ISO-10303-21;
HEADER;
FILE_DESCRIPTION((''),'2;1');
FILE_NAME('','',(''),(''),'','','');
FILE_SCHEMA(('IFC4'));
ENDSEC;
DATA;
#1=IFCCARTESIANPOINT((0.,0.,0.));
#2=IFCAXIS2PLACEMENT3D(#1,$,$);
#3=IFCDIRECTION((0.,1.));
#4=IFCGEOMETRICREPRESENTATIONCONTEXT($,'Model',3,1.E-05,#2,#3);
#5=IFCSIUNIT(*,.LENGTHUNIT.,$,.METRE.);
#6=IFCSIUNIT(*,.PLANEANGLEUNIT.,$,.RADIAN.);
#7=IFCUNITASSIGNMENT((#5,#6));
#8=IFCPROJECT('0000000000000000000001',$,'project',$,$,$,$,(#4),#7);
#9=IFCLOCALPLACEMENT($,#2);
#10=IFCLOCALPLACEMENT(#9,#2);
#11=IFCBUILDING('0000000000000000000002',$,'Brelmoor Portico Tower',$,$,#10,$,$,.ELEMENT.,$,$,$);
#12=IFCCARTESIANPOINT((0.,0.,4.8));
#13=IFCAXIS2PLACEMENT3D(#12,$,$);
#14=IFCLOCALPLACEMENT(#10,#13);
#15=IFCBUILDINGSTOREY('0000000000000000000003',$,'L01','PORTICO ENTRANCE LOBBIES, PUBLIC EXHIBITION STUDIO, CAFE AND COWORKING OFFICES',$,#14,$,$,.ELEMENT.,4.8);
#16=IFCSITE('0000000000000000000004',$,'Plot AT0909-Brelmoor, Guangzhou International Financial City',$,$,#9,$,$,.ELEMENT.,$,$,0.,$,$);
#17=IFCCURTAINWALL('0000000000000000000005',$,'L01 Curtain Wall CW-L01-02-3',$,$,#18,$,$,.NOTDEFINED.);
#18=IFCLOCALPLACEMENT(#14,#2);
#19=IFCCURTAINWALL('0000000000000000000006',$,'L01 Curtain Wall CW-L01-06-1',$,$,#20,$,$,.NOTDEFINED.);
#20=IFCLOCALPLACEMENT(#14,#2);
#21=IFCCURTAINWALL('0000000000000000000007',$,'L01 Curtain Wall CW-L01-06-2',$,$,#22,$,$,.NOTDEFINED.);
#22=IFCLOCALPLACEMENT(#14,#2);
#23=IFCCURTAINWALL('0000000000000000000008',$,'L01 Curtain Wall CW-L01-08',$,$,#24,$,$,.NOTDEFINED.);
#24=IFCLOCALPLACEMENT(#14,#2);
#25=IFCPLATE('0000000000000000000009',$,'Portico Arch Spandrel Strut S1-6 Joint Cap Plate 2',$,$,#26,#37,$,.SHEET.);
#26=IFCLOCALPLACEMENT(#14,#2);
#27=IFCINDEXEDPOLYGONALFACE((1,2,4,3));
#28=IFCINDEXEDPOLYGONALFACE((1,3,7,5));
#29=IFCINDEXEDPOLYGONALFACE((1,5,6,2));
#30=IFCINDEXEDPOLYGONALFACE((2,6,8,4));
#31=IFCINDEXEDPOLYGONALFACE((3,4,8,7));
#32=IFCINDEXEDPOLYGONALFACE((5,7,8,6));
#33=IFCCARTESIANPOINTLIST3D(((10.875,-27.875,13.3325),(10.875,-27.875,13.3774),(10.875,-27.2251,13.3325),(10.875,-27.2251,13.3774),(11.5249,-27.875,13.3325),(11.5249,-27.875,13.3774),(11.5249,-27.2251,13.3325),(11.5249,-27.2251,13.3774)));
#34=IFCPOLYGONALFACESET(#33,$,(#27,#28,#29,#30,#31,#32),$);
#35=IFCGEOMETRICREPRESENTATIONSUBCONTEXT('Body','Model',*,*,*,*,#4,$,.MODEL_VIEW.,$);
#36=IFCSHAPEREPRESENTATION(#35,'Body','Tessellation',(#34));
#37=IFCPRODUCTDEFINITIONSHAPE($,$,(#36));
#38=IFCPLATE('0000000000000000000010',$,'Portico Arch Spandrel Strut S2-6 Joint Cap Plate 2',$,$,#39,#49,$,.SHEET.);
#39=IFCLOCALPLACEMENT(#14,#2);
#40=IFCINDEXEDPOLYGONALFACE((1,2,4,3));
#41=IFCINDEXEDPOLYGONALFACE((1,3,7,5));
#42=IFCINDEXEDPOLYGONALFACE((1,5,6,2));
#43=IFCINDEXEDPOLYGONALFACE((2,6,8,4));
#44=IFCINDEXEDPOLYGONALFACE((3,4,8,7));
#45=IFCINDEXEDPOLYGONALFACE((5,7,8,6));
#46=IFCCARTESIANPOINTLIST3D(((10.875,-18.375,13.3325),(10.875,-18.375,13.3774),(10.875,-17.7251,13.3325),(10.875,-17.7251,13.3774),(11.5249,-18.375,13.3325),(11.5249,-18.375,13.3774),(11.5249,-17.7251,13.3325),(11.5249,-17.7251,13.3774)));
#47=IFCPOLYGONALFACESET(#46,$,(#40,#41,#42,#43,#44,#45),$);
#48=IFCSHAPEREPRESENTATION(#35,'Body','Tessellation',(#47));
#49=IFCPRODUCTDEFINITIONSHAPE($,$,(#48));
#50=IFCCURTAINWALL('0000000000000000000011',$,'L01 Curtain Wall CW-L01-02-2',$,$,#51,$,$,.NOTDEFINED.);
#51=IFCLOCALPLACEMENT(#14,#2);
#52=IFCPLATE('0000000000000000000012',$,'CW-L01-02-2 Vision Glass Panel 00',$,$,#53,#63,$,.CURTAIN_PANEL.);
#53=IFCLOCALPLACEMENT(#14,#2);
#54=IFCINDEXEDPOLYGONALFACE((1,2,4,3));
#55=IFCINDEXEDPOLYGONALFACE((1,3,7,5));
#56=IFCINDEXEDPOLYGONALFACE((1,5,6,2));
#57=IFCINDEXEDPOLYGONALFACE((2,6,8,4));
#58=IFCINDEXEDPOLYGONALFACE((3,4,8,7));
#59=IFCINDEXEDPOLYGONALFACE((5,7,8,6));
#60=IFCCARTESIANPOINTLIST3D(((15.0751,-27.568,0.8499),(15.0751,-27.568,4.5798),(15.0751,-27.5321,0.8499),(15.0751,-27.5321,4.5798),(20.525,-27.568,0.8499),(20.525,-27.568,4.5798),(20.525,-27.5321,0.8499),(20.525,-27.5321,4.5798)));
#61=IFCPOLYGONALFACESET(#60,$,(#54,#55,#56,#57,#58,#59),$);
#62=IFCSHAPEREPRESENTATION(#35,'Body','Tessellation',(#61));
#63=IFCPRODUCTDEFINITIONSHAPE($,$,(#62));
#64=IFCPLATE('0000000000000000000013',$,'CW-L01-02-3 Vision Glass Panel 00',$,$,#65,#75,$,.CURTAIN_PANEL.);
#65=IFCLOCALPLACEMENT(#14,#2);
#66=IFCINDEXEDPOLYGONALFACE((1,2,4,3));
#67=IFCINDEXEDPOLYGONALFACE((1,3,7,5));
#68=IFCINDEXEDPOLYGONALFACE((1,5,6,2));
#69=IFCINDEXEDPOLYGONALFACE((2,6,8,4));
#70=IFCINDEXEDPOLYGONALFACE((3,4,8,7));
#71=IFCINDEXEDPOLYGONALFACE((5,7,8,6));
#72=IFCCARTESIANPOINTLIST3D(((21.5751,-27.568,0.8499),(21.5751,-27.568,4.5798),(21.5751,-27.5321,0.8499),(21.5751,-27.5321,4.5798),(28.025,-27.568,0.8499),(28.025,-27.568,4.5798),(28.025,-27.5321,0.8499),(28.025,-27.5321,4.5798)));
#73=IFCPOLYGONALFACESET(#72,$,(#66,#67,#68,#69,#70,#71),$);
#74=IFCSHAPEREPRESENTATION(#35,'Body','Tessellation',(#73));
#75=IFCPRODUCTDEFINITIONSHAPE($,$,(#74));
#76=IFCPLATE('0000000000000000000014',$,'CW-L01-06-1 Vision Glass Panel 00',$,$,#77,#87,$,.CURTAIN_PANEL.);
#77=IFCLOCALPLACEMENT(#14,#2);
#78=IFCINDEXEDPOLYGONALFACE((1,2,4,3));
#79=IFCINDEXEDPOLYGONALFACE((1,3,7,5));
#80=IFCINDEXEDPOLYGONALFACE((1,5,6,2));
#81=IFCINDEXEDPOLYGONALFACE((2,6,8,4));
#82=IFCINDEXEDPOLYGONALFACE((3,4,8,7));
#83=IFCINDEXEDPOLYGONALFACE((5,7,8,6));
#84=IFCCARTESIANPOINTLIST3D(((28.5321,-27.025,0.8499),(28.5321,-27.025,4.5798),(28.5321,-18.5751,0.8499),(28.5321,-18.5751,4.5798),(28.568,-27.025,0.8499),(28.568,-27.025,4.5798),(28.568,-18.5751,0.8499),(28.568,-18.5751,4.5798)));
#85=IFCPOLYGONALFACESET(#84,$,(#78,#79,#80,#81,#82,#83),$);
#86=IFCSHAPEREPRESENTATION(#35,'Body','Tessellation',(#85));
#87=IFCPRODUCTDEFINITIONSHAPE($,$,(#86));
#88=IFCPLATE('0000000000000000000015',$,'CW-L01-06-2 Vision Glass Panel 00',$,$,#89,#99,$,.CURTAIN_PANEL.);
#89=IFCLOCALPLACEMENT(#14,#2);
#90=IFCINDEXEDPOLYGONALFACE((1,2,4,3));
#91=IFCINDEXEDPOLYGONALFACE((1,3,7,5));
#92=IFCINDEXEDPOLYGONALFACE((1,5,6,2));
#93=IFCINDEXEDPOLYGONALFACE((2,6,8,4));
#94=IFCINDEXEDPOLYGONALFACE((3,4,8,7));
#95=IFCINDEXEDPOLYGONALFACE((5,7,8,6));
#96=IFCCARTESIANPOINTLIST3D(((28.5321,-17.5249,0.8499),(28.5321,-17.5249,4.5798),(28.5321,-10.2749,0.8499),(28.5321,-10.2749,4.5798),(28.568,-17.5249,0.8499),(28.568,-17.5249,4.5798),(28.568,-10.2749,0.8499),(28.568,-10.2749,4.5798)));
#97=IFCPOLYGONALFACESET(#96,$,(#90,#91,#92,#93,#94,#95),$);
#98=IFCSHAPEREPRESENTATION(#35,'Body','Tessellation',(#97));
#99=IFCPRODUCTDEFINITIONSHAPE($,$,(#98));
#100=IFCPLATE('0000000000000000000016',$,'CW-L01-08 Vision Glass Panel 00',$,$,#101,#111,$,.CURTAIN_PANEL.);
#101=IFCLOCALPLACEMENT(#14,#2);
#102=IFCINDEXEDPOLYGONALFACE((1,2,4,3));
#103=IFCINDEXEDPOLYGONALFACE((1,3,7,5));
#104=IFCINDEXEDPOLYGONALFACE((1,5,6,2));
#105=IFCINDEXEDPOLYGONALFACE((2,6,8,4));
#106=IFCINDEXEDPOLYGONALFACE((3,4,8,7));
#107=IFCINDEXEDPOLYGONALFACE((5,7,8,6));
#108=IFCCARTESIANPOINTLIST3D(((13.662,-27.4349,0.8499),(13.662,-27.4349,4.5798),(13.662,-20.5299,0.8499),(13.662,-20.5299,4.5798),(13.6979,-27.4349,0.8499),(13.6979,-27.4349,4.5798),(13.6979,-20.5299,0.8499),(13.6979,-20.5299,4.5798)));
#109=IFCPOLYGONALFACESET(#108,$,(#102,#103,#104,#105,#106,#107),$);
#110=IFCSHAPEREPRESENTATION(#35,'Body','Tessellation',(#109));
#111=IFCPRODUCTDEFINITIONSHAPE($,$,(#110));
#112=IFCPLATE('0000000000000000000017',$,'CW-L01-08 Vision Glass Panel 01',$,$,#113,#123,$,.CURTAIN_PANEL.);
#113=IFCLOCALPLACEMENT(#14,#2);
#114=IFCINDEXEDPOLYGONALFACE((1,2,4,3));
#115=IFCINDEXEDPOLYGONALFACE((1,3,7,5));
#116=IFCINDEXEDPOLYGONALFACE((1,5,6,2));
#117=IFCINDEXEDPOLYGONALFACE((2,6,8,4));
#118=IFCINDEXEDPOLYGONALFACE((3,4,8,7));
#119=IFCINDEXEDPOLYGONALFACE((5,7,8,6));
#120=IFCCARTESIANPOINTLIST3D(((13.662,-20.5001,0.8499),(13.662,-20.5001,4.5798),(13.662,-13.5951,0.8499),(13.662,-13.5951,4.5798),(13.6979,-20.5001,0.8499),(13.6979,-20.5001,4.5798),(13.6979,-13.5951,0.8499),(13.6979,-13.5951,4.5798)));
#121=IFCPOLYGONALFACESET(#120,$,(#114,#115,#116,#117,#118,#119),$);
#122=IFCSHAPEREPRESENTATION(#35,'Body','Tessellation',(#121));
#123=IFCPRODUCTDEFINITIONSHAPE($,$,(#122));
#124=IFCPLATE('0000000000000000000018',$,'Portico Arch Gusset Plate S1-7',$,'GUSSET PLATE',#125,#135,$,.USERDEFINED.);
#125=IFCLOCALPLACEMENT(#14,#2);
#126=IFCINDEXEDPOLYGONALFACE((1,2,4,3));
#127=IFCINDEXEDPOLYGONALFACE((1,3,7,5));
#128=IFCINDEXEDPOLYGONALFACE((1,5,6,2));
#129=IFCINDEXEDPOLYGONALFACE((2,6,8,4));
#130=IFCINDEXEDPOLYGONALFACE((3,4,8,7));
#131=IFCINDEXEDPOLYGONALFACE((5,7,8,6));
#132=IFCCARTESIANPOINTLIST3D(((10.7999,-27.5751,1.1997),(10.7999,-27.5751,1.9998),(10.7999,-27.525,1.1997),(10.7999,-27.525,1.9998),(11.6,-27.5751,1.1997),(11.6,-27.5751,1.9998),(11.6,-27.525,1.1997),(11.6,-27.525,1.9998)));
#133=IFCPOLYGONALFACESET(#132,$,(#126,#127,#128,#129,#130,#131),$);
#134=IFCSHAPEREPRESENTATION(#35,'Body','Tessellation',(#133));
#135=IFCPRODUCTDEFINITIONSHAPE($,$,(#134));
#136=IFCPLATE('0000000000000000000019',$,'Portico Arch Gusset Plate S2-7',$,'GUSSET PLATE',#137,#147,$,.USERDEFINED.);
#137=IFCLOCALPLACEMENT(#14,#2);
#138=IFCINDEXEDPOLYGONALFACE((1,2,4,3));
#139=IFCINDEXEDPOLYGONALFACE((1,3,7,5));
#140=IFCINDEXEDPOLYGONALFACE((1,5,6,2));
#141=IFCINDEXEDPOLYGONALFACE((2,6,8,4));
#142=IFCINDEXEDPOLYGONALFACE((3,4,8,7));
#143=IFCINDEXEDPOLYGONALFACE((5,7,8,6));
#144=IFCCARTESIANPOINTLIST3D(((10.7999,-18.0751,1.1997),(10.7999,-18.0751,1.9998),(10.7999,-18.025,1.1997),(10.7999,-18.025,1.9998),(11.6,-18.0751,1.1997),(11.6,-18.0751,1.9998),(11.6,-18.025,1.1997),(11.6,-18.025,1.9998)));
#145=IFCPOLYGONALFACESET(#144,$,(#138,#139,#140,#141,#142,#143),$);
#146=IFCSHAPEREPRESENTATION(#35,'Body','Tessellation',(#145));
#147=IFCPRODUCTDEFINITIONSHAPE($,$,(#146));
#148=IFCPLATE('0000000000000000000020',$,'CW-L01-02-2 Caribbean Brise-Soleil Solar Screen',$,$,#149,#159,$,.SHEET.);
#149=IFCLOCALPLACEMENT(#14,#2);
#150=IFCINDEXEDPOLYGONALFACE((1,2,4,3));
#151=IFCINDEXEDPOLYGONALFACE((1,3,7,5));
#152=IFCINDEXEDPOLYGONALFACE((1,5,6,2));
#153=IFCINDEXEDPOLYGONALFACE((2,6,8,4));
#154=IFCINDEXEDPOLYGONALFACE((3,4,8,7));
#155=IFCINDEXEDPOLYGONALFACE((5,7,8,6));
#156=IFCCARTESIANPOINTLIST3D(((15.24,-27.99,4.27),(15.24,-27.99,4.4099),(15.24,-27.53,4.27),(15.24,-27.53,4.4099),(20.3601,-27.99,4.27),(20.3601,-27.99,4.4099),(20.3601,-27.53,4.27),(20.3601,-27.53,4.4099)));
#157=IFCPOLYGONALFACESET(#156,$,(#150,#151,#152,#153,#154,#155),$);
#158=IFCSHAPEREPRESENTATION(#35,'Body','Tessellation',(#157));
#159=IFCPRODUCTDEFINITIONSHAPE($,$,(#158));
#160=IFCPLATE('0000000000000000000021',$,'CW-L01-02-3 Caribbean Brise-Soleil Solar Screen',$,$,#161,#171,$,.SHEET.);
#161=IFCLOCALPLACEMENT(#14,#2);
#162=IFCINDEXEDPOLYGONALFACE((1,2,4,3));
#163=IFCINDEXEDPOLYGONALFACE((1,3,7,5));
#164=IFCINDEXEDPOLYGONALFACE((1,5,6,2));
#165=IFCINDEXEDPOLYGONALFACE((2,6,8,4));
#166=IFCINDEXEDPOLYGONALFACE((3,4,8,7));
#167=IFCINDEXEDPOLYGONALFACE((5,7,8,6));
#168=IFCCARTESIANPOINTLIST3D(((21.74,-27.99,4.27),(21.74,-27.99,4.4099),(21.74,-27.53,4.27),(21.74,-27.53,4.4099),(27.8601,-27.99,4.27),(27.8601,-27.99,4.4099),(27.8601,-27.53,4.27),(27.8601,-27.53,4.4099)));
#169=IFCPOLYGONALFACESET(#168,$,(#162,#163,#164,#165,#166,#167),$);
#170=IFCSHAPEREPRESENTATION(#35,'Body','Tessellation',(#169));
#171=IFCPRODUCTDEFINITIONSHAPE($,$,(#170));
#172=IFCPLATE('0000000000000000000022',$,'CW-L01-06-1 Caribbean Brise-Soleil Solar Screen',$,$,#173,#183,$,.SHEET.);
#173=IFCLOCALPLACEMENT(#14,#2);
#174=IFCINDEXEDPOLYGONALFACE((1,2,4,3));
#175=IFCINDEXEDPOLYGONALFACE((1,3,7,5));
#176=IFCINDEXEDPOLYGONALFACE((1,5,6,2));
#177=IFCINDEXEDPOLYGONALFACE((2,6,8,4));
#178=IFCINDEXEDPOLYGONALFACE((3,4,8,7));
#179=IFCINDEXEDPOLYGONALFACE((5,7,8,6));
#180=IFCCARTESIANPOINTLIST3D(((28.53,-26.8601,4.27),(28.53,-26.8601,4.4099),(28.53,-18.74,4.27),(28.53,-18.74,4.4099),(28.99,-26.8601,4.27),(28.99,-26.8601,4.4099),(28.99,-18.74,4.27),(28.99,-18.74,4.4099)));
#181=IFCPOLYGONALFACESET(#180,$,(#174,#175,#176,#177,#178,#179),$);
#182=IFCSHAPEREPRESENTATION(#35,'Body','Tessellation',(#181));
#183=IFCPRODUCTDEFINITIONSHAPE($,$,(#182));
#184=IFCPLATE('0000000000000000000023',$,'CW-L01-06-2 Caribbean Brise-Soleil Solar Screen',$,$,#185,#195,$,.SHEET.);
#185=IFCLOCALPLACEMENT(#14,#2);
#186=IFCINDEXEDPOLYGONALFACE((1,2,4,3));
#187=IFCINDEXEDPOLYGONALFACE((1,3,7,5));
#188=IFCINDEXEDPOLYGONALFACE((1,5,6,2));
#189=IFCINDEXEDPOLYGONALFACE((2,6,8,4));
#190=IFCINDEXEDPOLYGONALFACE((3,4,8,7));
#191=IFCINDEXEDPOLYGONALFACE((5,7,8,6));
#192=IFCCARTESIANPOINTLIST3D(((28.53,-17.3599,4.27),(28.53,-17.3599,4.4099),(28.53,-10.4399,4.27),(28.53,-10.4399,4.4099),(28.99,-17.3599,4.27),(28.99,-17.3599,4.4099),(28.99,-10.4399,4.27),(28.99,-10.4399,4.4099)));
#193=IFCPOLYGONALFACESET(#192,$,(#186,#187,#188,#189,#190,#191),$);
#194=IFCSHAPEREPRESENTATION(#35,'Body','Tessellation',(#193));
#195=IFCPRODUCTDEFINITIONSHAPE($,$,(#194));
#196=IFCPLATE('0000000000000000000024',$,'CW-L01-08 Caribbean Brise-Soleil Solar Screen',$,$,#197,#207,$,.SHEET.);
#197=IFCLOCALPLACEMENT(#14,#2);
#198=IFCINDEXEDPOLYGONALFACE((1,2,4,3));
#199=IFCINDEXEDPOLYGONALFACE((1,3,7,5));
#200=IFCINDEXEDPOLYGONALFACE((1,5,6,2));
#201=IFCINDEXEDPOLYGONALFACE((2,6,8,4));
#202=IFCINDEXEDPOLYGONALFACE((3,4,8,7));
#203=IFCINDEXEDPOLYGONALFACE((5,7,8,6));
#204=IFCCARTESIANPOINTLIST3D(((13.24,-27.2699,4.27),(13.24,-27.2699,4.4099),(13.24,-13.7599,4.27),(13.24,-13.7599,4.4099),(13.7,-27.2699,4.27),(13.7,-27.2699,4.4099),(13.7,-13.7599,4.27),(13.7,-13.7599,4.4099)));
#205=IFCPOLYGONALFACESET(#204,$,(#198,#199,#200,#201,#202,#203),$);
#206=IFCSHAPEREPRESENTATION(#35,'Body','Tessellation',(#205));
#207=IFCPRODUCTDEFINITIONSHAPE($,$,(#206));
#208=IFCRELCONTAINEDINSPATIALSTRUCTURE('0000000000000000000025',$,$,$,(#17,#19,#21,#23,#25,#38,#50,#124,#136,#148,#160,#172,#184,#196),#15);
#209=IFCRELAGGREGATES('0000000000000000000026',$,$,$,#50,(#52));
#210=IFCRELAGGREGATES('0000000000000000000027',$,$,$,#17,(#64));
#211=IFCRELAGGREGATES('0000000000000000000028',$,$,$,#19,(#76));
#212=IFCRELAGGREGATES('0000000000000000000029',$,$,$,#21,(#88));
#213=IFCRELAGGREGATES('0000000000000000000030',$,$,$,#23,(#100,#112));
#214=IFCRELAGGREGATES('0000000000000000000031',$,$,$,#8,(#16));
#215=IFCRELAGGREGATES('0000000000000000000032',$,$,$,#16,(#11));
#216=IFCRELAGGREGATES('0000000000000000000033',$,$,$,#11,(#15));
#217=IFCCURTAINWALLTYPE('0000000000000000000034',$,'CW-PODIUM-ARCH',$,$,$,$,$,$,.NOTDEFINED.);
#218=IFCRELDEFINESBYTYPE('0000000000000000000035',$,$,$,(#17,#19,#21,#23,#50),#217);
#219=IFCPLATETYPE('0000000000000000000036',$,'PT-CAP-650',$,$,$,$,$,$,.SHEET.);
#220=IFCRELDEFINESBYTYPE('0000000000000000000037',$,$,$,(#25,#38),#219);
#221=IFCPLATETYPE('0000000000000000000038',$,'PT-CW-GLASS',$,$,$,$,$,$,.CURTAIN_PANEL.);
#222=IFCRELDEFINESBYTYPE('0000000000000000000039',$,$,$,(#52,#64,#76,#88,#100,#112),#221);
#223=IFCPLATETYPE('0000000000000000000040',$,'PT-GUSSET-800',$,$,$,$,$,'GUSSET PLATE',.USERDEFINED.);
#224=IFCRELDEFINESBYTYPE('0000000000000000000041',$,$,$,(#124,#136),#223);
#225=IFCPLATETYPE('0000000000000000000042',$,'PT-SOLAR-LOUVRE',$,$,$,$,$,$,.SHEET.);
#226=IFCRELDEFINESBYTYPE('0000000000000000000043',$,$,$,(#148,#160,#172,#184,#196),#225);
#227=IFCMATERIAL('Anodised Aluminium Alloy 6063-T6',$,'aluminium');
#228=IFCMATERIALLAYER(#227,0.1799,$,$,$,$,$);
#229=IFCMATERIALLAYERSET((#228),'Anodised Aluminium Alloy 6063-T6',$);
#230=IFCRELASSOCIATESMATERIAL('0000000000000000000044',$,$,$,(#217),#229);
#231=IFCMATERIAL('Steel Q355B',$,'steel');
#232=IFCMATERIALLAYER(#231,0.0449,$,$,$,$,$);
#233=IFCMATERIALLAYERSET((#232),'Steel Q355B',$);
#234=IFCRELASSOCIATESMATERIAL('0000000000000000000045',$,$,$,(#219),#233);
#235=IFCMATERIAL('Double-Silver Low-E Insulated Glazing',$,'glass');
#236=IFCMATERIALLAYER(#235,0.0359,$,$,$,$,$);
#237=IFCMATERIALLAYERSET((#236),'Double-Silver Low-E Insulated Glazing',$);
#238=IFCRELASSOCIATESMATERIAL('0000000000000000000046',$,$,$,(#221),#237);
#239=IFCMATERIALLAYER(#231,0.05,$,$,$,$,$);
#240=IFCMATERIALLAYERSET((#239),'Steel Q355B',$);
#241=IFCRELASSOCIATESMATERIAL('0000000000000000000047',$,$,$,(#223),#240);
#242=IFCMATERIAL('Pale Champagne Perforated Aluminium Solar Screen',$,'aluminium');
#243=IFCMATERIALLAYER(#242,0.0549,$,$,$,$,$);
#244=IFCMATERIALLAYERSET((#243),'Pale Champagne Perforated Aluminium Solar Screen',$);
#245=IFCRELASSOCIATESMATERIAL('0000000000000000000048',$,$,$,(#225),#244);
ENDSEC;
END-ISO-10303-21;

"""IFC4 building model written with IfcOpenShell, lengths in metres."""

from ifc_helpers import new_model, si_unit, direction, frame, origin, origin_2d, place, context, subcontext, project, spatial, rectangle, extrude, material, layer, layer_set, type_object, element, aggregate, save


model = new_model("IFC4")

# Units and contexts
model_context = context("Model", 3, precision=1e-05, world=origin(), true_north=direction((0.0, 1.0)))
body_context = subcontext(model_context, "Body", "Model", "MODEL_VIEW")
ifc_project = project(units=[si_unit("LENGTHUNIT", "METRE"), si_unit("PLANEANGLEUNIT", "RADIAN")], contexts=[model_context])

# Site, building, storey
site_placement = place(None, origin())
site = spatial("IfcSite", under=ifc_project, at=site_placement, Name="Plot AT0909-Brelmoor, Guangzhou International Financial City", CompositionType="ELEMENT", RefElevation=0.0)
building_placement = place(site_placement, origin())
building = spatial("IfcBuilding", under=site, at=building_placement, Name="Brelmoor Portico Tower", CompositionType="ELEMENT")
storey_placement = place(building_placement, frame((0.0, 0.0, 4.8)))
storey = spatial("IfcBuildingStorey", under=building, at=storey_placement, Name="L01", Description="PORTICO ENTRANCE LOBBIES, PUBLIC EXHIBITION STUDIO, CAFE AND COWORKING OFFICES", CompositionType="ELEMENT", Elevation=4.8)

# Shared definitions
ifc_material_1 = material(Name="Steel Q355B", Category="steel")

# Curtain walls
ifc_material_2 = material(Name="Anodised Aluminium Alloy 6063-T6", Category="aluminium")
ifc_layer_1 = layer(ifc_material_2, 0.1799)
ifc_layer_set_1 = layer_set([ifc_layer_1], Name="Anodised Aluminium Alloy 6063-T6")
curtain_wall_type = type_object("IfcCurtainWallType", Name="CW-PODIUM-ARCH", PredefinedType="NOTDEFINED", material=ifc_layer_set_1)
curtain_wall_1_placement = place(storey_placement, origin())
curtain_wall_1 = element("IfcCurtainWall", 1, at=curtain_wall_1_placement, inside=storey, type_object=curtain_wall_type, Name="L01 Curtain Wall CW-L01-02-3", PredefinedType="NOTDEFINED")
curtain_wall_2_placement = place(storey_placement, origin())
curtain_wall_2 = element("IfcCurtainWall", 2, at=curtain_wall_2_placement, inside=storey, type_object=curtain_wall_type, Name="L01 Curtain Wall CW-L01-06-1", PredefinedType="NOTDEFINED")
curtain_wall_3_placement = place(storey_placement, origin())
curtain_wall_3 = element("IfcCurtainWall", 3, at=curtain_wall_3_placement, inside=storey, type_object=curtain_wall_type, Name="L01 Curtain Wall CW-L01-06-2", PredefinedType="NOTDEFINED")

# Curtain wall
curtain_wall_4_placement = place(storey_placement, origin())
curtain_wall_4 = element("IfcCurtainWall", 4, at=curtain_wall_4_placement, inside=storey, type_object=curtain_wall_type, Name="L01 Curtain Wall CW-L01-08", PredefinedType="NOTDEFINED")

# Plates
ifc_layer_2 = layer(ifc_material_1, 0.0449)
ifc_layer_set_2 = layer_set([ifc_layer_2], Name="Steel Q355B")
plate_type_1 = type_object("IfcPlateType", Name="PT-CAP-650", PredefinedType="SHEET", material=ifc_layer_set_2)
for number, where, z_axis, x_axis, name in (
    (5, (11.2, -27.55, 13.3325), (0.0, 0.0, 1.0), (1.0, 0.0, 0.0), "Portico Arch Spandrel Strut S1-6 Joint Cap Plate 2"),
    (6, (11.2, -18.05, 13.3325), (0.0, 0.0, 1.0), (1.0, 0.0, 0.0), "Portico Arch Spandrel Strut S2-6 Joint Cap Plate 2"),
):
    element("IfcPlate", number, at=place(storey_placement, frame(where, z_axis=z_axis, x_axis=x_axis)), inside=storey, type_object=plate_type_1, Name=name, PredefinedType="SHEET", context=body_context, shape_type="SweptSolid", body=[
        extrude(rectangle(XDim=0.6499, YDim=0.6499, at=origin_2d()), origin(), (0.0, 0.0, 1.0), 0.0449),
    ])

# Curtain wall, plate
curtain_wall_5_placement = place(storey_placement, origin())
curtain_wall_5 = element("IfcCurtainWall", 7, at=curtain_wall_5_placement, inside=storey, type_object=curtain_wall_type, Name="L01 Curtain Wall CW-L01-02-2", PredefinedType="NOTDEFINED")
ifc_material_3 = material(Name="Double-Silver Low-E Insulated Glazing", Category="glass")
ifc_layer_3 = layer(ifc_material_3, 0.0359)
ifc_layer_set_3 = layer_set([ifc_layer_3], Name="Double-Silver Low-E Insulated Glazing")
plate_type_2 = type_object("IfcPlateType", Name="PT-CW-GLASS", PredefinedType="CURTAIN_PANEL", material=ifc_layer_set_3)
plate_1_placement = place(storey_placement, frame((17.8, -27.55, 0.8499), z_axis=(0.0, 0.0, 1.0), x_axis=(1.0, 0.0, 0.0)))
plate_1 = element("IfcPlate", 8, at=plate_1_placement, type_object=plate_type_2, Name="CW-L01-02-2 Vision Glass Panel 00", PredefinedType="CURTAIN_PANEL", context=body_context, shape_type="SweptSolid", body=[
    extrude(rectangle(XDim=5.45, YDim=0.0359, at=origin_2d()), origin(), (0.0, 0.0, 1.0), 3.73),
])
aggregate(curtain_wall_5, [plate_1])

# Plates
plate_2_placement = place(storey_placement, frame((24.8, -27.55, 0.8499), z_axis=(0.0, 0.0, 1.0), x_axis=(1.0, 0.0, 0.0)))
plate_2 = element("IfcPlate", 9, at=plate_2_placement, type_object=plate_type_2, Name="CW-L01-02-3 Vision Glass Panel 00", PredefinedType="CURTAIN_PANEL", context=body_context, shape_type="SweptSolid", body=[
    extrude(rectangle(XDim=6.45, YDim=0.0359, at=origin_2d()), origin(), (0.0, 0.0, 1.0), 3.73),
])
aggregate(curtain_wall_1, [plate_2])
plate_3_placement = place(storey_placement, frame((28.55, -22.8, 0.8499), z_axis=(0.0, 0.0, 1.0), x_axis=(0.0, 1.0, 0.0)))
plate_3 = element("IfcPlate", 10, at=plate_3_placement, type_object=plate_type_2, Name="CW-L01-06-1 Vision Glass Panel 00", PredefinedType="CURTAIN_PANEL", context=body_context, shape_type="SweptSolid", body=[
    extrude(rectangle(XDim=8.45, YDim=0.0359, at=origin_2d()), origin(), (0.0, 0.0, 1.0), 3.73),
])
aggregate(curtain_wall_2, [plate_3])
plate_4_placement = place(storey_placement, frame((28.55, -13.8999, 0.8499), z_axis=(0.0, 0.0, 1.0), x_axis=(0.0, 1.0, 0.0)))
plate_4 = element("IfcPlate", 11, at=plate_4_placement, type_object=plate_type_2, Name="CW-L01-06-2 Vision Glass Panel 00", PredefinedType="CURTAIN_PANEL", context=body_context, shape_type="SweptSolid", body=[
    extrude(rectangle(XDim=7.25, YDim=0.0359, at=origin_2d()), origin(), (0.0, 0.0, 1.0), 3.73),
])
aggregate(curtain_wall_3, [plate_4])
plate_5_placement = place(storey_placement, frame((13.6799, -23.9824, 0.8499), z_axis=(0.0, 0.0, 1.0), x_axis=(0.0, 1.0, 0.0)))
plate_5 = element("IfcPlate", 12, at=plate_5_placement, type_object=plate_type_2, Name="CW-L01-08 Vision Glass Panel 00", PredefinedType="CURTAIN_PANEL", context=body_context, shape_type="SweptSolid", body=[
    extrude(rectangle(XDim=6.905, YDim=0.0359, at=origin_2d()), origin(), (0.0, 0.0, 1.0), 3.73),
])
plate_6_placement = place(storey_placement, frame((13.6799, -17.0476, 0.8499), z_axis=(0.0, 0.0, 1.0), x_axis=(0.0, 1.0, 0.0)))
plate_6 = element("IfcPlate", 13, at=plate_6_placement, type_object=plate_type_2, Name="CW-L01-08 Vision Glass Panel 01", PredefinedType="CURTAIN_PANEL", context=body_context, shape_type="SweptSolid", body=[
    extrude(rectangle(XDim=6.905, YDim=0.0359, at=origin_2d()), origin(), (0.0, 0.0, 1.0), 3.73),
])
aggregate(curtain_wall_4, [plate_5, plate_6])

# Plates
ifc_layer_4 = layer(ifc_material_1, 0.05)
ifc_layer_set_4 = layer_set([ifc_layer_4], Name="Steel Q355B")
plate_type_3 = type_object("IfcPlateType", Name="PT-GUSSET-800", ElementType="GUSSET PLATE", PredefinedType="USERDEFINED", material=ifc_layer_set_4)
for number, where, z_axis, x_axis, name in (
    (14, (11.2, -27.55, 1.1997), (0.0, 0.0, 1.0), (1.0, 0.0, 0.0), "Portico Arch Gusset Plate S1-7"),
    (15, (11.2, -18.05, 1.1997), (0.0, 0.0, 1.0), (1.0, 0.0, 0.0), "Portico Arch Gusset Plate S2-7"),
):
    element("IfcPlate", number, at=place(storey_placement, frame(where, z_axis=z_axis, x_axis=x_axis)), inside=storey, type_object=plate_type_3, Name=name, ObjectType="GUSSET PLATE", PredefinedType="USERDEFINED", context=body_context, shape_type="SweptSolid", body=[
        extrude(rectangle(XDim=0.8, YDim=0.05, at=origin_2d()), origin(), (0.0, 0.0, 1.0), 0.8),
    ])
ifc_material_4 = material(Name="Pale Champagne Perforated Aluminium Solar Screen", Category="aluminium")
ifc_layer_5 = layer(ifc_material_4, 0.0549)
ifc_layer_set_5 = layer_set([ifc_layer_5], Name="Pale Champagne Perforated Aluminium Solar Screen")
plate_type_4 = type_object("IfcPlateType", Name="PT-SOLAR-LOUVRE", PredefinedType="SHEET", material=ifc_layer_set_5)
plate_7_placement = place(storey_placement, frame((17.8, -27.76, 4.27), z_axis=(0.0, 0.0, 1.0), x_axis=(1.0, 0.0, 0.0)))
element("IfcPlate", 16, at=plate_7_placement, inside=storey, type_object=plate_type_4, Name="CW-L01-02-2 Caribbean Brise-Soleil Solar Screen", PredefinedType="SHEET", context=body_context, shape_type="SweptSolid", body=[
    extrude(rectangle(XDim=5.1201, YDim=0.46, at=origin_2d()), origin(), (0.0, 0.0, 1.0), 0.1399),
])
plate_8_placement = place(storey_placement, frame((24.8, -27.76, 4.27), z_axis=(0.0, 0.0, 1.0), x_axis=(1.0, 0.0, 0.0)))
element("IfcPlate", 17, at=plate_8_placement, inside=storey, type_object=plate_type_4, Name="CW-L01-02-3 Caribbean Brise-Soleil Solar Screen", PredefinedType="SHEET", context=body_context, shape_type="SweptSolid", body=[
    extrude(rectangle(XDim=6.1201, YDim=0.46, at=origin_2d()), origin(), (0.0, 0.0, 1.0), 0.1399),
])
plate_9_placement = place(storey_placement, frame((28.76, -22.8, 4.27), z_axis=(0.0, 0.0, 1.0), x_axis=(0.0, 1.0, 0.0)))
element("IfcPlate", 18, at=plate_9_placement, inside=storey, type_object=plate_type_4, Name="CW-L01-06-1 Caribbean Brise-Soleil Solar Screen", PredefinedType="SHEET", context=body_context, shape_type="SweptSolid", body=[
    extrude(rectangle(XDim=8.1201, YDim=0.46, at=origin_2d()), origin(), (0.0, 0.0, 1.0), 0.1399),
])
plate_10_placement = place(storey_placement, frame((28.76, -13.8999, 4.27), z_axis=(0.0, 0.0, 1.0), x_axis=(0.0, 1.0, 0.0)))
element("IfcPlate", 19, at=plate_10_placement, inside=storey, type_object=plate_type_4, Name="CW-L01-06-2 Caribbean Brise-Soleil Solar Screen", PredefinedType="SHEET", context=body_context, shape_type="SweptSolid", body=[
    extrude(rectangle(XDim=6.9199, YDim=0.46, at=origin_2d()), origin(), (0.0, 0.0, 1.0), 0.1399),
])
plate_11_placement = place(storey_placement, frame((13.47, -20.5149, 4.27), z_axis=(0.0, 0.0, 1.0), x_axis=(0.0, 1.0, 0.0)))
element("IfcPlate", 20, at=plate_11_placement, inside=storey, type_object=plate_type_4, Name="CW-L01-08 Caribbean Brise-Soleil Solar Screen", PredefinedType="SHEET", context=body_context, shape_type="SweptSolid", body=[
    extrude(rectangle(XDim=13.51, YDim=0.46, at=origin_2d()), origin(), (0.0, 0.0, 1.0), 0.1399),
])

save(model, "model.ifc")
